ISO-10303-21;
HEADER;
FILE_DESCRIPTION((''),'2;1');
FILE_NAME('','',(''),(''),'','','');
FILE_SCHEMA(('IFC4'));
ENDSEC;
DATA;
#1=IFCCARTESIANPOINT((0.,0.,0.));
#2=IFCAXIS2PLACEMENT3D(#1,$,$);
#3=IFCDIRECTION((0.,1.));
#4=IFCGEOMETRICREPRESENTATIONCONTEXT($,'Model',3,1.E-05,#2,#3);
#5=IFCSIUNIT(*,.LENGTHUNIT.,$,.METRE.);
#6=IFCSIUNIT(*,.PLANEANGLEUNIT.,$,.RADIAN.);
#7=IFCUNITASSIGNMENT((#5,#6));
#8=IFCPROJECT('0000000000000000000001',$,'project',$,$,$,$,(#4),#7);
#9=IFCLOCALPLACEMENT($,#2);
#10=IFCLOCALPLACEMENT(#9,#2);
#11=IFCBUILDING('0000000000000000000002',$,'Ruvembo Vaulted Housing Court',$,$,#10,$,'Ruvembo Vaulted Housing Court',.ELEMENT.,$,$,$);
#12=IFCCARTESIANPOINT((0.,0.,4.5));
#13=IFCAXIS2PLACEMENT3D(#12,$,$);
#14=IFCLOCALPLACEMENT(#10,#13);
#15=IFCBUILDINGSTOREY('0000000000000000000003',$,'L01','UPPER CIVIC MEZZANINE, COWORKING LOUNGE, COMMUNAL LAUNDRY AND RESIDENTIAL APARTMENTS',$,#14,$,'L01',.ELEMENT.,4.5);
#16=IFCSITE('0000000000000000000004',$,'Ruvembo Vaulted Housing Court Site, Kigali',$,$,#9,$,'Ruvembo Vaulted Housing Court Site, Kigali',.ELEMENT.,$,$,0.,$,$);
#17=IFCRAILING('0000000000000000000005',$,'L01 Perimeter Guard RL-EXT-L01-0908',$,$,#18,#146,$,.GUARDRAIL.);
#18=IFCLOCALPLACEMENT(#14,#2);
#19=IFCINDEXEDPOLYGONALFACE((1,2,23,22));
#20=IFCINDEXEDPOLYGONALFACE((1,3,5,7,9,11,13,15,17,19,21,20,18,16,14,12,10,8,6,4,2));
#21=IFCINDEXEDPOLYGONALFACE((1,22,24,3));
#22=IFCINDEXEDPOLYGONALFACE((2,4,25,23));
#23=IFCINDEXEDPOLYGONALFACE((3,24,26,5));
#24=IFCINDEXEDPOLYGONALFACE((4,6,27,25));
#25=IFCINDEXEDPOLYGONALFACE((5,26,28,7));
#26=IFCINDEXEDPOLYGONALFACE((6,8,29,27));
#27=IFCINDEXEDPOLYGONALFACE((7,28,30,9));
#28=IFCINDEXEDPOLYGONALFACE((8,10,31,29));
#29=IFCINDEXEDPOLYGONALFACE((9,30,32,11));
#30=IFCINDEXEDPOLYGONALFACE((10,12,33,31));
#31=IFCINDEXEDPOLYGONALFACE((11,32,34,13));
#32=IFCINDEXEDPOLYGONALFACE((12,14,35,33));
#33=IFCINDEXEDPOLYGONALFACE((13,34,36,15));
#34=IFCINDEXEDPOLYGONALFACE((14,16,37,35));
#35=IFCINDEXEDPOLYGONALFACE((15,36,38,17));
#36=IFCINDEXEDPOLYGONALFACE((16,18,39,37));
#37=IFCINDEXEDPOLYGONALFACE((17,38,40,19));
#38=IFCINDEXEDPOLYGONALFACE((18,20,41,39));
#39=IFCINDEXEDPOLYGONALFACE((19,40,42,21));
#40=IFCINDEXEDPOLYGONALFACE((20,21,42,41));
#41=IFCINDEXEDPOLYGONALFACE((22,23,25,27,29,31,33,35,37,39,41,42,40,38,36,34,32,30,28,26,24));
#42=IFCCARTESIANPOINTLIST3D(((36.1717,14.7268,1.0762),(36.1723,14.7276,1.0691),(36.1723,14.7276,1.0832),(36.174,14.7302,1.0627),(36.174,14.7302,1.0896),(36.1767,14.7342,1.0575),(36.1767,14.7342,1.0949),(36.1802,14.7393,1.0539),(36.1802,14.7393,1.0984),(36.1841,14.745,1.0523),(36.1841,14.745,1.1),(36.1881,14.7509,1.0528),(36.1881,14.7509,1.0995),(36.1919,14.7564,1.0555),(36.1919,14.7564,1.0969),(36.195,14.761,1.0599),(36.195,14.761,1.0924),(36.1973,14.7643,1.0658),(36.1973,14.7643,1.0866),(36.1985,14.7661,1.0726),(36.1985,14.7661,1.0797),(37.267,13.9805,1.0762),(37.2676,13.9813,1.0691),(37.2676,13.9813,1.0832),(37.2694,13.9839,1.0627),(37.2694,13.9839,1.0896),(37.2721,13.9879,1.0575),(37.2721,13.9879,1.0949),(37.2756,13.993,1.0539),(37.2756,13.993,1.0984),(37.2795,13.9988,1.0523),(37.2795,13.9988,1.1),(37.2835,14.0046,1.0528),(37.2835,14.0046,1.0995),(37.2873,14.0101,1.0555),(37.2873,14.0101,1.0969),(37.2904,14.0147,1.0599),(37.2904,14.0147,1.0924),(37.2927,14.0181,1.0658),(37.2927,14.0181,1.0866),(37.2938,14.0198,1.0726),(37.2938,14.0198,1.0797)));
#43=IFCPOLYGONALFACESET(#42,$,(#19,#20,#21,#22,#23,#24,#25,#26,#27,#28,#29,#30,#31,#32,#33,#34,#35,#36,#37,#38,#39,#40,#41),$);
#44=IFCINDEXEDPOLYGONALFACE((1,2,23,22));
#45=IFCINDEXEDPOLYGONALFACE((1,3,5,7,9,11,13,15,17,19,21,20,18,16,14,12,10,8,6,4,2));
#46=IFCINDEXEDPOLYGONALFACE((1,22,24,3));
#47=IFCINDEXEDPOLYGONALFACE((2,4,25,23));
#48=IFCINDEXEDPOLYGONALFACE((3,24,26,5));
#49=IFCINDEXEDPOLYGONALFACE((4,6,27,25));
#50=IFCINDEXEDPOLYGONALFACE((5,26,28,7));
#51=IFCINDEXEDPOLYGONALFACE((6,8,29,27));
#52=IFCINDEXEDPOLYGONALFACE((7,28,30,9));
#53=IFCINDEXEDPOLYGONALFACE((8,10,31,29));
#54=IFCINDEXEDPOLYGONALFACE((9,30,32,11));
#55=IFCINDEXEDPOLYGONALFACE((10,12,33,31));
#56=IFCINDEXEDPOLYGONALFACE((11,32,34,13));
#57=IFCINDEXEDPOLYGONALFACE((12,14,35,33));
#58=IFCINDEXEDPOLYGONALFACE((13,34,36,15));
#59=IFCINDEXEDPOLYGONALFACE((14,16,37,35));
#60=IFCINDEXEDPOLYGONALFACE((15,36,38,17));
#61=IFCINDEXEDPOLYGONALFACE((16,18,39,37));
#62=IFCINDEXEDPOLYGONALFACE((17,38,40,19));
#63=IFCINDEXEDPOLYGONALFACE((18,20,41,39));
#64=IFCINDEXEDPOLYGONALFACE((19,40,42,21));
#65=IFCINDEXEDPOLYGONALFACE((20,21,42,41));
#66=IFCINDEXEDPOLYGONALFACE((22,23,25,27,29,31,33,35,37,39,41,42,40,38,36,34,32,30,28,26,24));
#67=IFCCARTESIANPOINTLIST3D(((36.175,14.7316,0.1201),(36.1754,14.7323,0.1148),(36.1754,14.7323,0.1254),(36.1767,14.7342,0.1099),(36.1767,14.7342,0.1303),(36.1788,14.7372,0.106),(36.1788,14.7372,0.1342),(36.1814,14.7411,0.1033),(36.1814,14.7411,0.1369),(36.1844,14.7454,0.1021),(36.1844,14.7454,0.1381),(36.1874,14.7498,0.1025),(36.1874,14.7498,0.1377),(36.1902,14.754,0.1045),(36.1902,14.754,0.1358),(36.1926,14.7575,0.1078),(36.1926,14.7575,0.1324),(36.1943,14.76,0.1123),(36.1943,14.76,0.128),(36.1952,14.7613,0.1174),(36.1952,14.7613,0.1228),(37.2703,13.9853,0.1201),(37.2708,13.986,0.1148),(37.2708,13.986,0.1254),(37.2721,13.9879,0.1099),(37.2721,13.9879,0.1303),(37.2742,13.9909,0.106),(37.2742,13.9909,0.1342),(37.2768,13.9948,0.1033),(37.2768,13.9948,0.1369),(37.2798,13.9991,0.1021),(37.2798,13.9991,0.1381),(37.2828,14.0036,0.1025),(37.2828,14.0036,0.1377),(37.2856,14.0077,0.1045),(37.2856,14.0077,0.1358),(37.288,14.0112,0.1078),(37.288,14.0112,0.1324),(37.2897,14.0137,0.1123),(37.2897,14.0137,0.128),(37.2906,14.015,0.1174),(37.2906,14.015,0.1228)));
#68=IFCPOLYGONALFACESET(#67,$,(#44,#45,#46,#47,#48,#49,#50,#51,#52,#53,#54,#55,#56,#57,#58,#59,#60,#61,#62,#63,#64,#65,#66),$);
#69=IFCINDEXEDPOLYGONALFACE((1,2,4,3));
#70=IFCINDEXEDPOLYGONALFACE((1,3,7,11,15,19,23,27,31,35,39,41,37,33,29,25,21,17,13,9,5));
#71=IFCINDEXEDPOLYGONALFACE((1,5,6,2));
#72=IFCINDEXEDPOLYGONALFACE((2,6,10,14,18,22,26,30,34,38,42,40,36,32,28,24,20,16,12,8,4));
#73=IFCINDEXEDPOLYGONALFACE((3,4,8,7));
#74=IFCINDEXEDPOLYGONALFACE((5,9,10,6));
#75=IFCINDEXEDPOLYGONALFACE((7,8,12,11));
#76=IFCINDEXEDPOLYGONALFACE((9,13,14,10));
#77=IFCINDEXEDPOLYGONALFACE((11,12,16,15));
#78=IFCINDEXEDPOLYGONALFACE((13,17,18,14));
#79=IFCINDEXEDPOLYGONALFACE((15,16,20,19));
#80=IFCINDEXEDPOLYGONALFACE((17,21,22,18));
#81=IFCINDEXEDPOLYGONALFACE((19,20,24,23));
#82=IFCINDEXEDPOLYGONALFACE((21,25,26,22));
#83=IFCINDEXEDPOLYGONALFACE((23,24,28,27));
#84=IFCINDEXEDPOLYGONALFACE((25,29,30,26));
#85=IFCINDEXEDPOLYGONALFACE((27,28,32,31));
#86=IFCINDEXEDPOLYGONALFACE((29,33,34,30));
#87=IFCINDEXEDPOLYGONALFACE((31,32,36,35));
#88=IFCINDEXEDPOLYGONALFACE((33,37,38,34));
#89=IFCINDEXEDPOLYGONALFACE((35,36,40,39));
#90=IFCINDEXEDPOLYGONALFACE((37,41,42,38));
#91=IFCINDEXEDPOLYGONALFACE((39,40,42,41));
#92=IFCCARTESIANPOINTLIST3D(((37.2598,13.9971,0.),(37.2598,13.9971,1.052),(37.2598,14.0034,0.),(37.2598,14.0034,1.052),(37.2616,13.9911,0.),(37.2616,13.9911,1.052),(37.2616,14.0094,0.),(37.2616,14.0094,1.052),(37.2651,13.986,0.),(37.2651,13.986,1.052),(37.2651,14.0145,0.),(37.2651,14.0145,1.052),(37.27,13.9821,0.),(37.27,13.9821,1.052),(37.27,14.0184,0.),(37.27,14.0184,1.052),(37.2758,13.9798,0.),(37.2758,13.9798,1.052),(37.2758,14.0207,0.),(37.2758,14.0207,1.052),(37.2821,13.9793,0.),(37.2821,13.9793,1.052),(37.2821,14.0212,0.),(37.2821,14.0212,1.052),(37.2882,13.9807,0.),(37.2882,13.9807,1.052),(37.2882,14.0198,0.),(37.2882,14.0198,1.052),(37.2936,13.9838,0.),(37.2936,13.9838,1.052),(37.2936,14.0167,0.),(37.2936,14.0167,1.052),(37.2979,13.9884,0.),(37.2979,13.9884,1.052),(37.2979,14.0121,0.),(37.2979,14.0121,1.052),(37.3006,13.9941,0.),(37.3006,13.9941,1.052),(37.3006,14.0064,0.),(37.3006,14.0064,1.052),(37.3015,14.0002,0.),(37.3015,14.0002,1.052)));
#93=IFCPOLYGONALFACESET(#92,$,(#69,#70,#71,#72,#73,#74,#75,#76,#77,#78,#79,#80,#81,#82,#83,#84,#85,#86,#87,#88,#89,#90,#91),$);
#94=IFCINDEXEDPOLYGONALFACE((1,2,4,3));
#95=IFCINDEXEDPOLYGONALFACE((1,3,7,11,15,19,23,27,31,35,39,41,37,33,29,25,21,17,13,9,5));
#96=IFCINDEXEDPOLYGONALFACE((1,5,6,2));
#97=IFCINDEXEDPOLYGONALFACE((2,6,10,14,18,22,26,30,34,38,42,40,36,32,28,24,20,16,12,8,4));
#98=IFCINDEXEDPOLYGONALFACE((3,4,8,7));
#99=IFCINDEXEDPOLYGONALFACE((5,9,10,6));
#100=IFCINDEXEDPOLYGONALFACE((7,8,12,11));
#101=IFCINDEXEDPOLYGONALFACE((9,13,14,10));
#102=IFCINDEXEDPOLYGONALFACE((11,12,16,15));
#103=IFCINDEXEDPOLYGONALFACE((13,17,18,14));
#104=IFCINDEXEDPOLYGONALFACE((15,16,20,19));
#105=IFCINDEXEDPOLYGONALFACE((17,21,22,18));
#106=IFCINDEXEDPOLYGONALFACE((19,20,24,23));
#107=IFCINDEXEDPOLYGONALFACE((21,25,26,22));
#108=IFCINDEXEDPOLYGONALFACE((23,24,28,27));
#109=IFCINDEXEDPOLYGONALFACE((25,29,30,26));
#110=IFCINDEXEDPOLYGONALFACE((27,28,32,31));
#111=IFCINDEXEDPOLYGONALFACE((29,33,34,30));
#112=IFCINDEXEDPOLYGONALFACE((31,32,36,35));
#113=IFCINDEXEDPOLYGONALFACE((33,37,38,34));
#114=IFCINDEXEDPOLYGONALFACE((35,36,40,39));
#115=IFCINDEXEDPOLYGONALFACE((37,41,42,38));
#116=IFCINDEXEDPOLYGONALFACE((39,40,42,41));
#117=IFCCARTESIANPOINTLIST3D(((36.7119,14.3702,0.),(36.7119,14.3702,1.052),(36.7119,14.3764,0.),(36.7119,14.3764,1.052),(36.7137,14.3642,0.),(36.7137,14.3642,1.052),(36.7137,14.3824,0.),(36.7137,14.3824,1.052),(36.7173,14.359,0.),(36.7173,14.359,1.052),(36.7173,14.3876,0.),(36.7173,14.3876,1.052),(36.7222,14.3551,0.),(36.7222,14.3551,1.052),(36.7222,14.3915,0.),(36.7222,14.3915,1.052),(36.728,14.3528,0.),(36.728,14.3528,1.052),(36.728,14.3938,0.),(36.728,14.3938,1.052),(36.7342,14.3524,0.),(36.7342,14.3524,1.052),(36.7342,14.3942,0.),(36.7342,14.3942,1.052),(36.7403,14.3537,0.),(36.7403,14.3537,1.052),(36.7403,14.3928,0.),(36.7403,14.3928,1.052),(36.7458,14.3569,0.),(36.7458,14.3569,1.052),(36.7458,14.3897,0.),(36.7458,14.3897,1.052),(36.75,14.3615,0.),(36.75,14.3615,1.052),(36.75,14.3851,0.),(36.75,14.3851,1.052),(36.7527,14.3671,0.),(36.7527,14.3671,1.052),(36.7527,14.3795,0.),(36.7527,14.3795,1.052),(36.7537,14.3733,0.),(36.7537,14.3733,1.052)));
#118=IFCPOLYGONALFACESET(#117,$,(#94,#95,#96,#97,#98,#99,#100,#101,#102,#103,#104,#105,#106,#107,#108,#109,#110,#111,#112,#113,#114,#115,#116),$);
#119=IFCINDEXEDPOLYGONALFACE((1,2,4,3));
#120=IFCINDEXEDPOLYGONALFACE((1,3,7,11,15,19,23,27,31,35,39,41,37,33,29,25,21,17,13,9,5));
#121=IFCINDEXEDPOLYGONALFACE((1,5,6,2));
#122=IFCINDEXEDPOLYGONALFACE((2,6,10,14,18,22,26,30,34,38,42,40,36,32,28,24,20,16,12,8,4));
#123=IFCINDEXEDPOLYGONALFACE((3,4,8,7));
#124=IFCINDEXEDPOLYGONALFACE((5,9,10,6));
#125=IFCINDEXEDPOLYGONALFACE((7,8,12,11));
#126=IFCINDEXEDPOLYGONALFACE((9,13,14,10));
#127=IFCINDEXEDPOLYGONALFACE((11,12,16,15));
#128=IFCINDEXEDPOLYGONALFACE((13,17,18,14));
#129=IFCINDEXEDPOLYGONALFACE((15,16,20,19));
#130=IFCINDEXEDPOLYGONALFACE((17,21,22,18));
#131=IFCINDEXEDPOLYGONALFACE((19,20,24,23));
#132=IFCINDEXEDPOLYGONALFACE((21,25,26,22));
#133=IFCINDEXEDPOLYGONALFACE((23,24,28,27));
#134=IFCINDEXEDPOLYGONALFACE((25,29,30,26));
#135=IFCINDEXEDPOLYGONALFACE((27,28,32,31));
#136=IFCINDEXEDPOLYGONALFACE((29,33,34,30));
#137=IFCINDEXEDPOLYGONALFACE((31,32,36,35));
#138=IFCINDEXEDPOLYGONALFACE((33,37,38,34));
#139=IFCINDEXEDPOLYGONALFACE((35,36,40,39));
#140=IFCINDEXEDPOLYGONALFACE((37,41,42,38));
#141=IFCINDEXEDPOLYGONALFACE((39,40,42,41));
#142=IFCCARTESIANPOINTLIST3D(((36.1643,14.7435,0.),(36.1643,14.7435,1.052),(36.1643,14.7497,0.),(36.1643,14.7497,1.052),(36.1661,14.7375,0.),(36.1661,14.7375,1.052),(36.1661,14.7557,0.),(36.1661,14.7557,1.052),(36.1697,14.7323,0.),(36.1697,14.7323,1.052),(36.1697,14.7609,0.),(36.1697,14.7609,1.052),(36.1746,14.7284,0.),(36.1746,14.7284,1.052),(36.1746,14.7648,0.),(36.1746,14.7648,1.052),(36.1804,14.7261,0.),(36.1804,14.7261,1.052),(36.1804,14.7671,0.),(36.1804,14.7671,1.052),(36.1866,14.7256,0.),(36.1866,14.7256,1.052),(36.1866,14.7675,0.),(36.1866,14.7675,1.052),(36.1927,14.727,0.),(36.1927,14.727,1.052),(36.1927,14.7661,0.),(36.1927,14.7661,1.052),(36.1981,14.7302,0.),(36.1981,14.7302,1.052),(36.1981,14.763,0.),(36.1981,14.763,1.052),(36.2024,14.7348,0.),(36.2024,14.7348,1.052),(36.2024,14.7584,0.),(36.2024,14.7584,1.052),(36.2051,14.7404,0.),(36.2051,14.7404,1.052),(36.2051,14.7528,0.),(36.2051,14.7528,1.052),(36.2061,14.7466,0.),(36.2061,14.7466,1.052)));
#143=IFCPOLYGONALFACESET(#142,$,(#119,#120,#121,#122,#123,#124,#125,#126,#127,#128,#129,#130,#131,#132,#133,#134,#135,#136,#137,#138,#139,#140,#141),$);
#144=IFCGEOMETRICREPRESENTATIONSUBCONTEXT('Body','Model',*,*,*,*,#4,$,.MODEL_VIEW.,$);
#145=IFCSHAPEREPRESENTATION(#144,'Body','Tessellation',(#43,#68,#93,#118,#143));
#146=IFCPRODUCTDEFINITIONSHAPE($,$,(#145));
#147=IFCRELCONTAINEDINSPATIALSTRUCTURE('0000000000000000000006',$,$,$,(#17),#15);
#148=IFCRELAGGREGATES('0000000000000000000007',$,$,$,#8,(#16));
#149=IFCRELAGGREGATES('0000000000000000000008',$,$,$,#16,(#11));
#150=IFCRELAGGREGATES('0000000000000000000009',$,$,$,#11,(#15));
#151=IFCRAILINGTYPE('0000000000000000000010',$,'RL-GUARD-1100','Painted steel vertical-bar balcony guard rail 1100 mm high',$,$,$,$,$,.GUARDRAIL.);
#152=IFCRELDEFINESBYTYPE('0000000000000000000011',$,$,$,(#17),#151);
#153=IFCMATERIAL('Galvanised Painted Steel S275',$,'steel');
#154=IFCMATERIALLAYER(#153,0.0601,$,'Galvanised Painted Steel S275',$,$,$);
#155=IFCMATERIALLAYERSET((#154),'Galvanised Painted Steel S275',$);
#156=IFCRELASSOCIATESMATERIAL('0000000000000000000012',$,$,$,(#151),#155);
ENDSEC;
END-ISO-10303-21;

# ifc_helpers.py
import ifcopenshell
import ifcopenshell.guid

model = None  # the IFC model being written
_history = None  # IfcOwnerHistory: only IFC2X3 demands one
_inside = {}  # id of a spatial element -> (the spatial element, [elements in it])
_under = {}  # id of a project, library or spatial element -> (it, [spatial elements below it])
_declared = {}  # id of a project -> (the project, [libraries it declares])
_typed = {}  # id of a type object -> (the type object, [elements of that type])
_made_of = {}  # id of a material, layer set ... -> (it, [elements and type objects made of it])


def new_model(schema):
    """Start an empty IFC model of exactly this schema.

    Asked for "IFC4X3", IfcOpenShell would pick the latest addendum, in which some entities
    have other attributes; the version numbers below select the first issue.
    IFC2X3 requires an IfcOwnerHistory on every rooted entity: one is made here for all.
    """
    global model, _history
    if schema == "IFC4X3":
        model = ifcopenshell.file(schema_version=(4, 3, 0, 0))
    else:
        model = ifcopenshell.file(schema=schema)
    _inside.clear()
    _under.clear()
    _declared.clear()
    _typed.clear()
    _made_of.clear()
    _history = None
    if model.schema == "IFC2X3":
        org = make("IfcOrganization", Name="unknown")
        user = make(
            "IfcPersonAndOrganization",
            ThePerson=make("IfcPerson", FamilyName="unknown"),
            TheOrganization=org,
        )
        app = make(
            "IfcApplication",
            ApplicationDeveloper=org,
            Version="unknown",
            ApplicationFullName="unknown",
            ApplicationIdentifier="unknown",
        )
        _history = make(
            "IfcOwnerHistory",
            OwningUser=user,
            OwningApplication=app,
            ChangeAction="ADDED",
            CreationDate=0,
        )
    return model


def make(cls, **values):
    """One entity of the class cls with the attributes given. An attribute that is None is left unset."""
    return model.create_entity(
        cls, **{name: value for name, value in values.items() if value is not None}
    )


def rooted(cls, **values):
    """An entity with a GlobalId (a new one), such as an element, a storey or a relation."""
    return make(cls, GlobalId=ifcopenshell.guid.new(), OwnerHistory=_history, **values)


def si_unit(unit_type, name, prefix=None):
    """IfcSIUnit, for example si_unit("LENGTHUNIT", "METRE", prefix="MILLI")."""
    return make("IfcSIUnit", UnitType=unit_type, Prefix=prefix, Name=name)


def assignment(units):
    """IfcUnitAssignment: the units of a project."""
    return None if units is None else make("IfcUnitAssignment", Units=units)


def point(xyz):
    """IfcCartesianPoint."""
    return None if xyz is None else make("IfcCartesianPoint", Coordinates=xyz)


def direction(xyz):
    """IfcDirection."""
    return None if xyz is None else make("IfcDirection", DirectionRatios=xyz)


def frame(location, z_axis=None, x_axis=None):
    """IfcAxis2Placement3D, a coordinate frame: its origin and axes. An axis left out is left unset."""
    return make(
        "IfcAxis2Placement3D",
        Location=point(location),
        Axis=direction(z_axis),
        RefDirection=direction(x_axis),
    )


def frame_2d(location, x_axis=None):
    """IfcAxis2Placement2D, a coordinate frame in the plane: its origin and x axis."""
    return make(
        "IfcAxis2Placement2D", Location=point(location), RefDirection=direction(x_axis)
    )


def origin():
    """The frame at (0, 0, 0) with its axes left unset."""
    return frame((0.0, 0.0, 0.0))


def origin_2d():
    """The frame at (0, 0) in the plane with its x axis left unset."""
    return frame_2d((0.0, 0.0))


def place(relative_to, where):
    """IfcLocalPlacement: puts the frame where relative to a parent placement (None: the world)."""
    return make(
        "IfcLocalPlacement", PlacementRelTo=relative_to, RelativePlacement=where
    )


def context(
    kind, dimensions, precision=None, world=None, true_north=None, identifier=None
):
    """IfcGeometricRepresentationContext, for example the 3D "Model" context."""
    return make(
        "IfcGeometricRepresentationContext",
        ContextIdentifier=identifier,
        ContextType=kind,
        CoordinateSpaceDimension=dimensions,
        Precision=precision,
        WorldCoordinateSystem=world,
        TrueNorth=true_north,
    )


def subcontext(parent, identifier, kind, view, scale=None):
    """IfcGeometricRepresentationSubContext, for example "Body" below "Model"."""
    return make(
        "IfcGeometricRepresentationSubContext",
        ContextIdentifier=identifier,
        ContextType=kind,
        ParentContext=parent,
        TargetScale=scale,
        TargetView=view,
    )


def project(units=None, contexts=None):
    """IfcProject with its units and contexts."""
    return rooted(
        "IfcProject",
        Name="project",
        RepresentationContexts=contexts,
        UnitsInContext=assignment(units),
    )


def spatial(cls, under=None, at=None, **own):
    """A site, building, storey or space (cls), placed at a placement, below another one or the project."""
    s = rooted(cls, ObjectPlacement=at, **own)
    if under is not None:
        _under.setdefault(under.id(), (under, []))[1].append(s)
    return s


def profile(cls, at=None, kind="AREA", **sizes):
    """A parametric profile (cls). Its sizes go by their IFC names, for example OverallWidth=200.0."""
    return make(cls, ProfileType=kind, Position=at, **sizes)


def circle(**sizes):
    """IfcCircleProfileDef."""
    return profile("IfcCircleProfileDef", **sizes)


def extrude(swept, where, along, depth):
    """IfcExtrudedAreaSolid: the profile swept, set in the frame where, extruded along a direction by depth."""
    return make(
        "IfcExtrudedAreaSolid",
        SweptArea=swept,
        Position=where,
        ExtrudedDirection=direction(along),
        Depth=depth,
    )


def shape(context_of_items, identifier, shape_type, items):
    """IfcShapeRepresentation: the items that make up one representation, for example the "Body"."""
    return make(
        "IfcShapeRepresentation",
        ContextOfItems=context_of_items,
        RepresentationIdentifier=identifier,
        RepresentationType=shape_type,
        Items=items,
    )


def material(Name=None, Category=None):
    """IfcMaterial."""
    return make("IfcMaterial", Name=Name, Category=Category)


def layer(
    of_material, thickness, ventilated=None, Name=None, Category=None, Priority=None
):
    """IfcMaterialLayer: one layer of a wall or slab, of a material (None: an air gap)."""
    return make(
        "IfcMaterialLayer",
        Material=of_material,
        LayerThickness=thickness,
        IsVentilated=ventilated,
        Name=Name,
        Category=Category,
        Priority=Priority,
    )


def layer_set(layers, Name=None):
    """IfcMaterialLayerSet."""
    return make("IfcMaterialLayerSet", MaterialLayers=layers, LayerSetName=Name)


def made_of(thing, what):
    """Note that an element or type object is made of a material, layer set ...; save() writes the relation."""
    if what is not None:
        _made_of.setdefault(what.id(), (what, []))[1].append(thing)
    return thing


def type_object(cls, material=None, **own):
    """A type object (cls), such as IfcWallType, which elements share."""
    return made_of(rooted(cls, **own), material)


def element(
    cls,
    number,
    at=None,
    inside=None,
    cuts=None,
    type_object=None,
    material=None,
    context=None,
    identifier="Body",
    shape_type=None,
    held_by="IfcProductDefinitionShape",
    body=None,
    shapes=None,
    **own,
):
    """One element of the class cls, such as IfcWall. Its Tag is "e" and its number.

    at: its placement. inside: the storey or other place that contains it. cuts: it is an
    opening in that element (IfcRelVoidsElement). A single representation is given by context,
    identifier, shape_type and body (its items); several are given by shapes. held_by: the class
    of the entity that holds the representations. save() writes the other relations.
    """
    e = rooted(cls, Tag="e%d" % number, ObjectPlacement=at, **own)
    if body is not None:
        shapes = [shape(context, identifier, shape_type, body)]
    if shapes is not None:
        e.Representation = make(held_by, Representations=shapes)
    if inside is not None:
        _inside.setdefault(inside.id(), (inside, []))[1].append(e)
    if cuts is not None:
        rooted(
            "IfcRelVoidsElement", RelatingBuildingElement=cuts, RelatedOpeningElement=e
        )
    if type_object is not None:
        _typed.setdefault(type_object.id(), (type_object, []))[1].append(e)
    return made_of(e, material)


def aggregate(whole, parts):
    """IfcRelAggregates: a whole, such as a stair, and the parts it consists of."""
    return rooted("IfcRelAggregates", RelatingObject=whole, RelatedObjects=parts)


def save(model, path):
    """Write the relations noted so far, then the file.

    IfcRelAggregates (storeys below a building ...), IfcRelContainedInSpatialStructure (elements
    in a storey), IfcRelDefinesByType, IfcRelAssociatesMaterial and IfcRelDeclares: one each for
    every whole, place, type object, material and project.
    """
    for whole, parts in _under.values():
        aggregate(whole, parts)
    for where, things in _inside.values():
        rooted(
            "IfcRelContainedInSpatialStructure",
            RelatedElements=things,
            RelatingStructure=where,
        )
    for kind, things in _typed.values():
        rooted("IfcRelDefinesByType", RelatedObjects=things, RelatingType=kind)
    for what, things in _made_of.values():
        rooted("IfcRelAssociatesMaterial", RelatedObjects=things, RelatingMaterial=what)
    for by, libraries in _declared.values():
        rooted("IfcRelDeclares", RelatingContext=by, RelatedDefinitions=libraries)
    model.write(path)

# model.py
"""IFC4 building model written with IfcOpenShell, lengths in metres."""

from ifc_helpers import new_model, si_unit, direction, frame, origin, origin_2d, place, context, subcontext, project, spatial, circle, extrude, material, layer, layer_set, type_object, element, save


model = new_model("IFC4")

# Units and contexts
model_context = context("Model", 3, precision=1e-05, world=origin(), true_north=direction((0.0, 1.0)))
body_context = subcontext(model_context, "Body", "Model", "MODEL_VIEW")
ifc_project = project(units=[si_unit("LENGTHUNIT", "METRE"), si_unit("PLANEANGLEUNIT", "RADIAN")], contexts=[model_context])

# Site, building, storey
site_placement = place(None, origin())
site = spatial("IfcSite", under=ifc_project, at=site_placement, Name="Ruvembo Vaulted Housing Court Site, Kigali", LongName="Ruvembo Vaulted Housing Court Site, Kigali", CompositionType="ELEMENT", RefElevation=0.0)
building_placement = place(site_placement, origin())
building = spatial("IfcBuilding", under=site, at=building_placement, Name="Ruvembo Vaulted Housing Court", LongName="Ruvembo Vaulted Housing Court", CompositionType="ELEMENT")
storey_placement = place(building_placement, frame((0.0, 0.0, 4.5)))
storey = spatial("IfcBuildingStorey", under=building, at=storey_placement, Name="L01", Description="UPPER CIVIC MEZZANINE, COWORKING LOUNGE, COMMUNAL LAUNDRY AND RESIDENTIAL APARTMENTS", LongName="L01", CompositionType="ELEMENT", Elevation=4.5)

# Railing
ifc_material_1 = material(Name="Galvanised Painted Steel S275", Category="steel")
ifc_layer_1 = layer(ifc_material_1, 0.0601, Name="Galvanised Painted Steel S275")
ifc_layer_set_1 = layer_set([ifc_layer_1], Name="Galvanised Painted Steel S275")
railing_type_1 = type_object("IfcRailingType", Name="RL-GUARD-1100", Description="Painted steel vertical-bar balcony guard rail 1100 mm high", PredefinedType="GUARDRAIL", material=ifc_layer_set_1)
railing_1_placement = place(storey_placement, frame((37.2805, 14.0002, 0.0)))
element("IfcRailing", 1, at=railing_1_placement, inside=storey, type_object=railing_type_1, Name="L01 Perimeter Guard RL-EXT-L01-0908", PredefinedType="GUARDRAIL", context=body_context, shape_type="SweptSolid", body=[
    extrude(circle(Radius=0.0239, at=origin_2d()), frame((0.0, 0.0, 1.0762), z_axis=(-0.826426, 0.563045, 0.0), x_axis=(-0.563045, -0.826426, 0.0)), (0.0, 0.0, 1.0), 1.3254),
    extrude(circle(Radius=0.0181, at=origin_2d()), frame((0.0, 0.0, 0.1201), z_axis=(-0.826426, 0.563045, 0.0), x_axis=(-0.563045, -0.826426, 0.0)), (0.0, 0.0, 1.0), 1.3254),
    extrude(circle(Radius=0.021, at=origin_2d()), origin(), (0.0, 0.0, 1.0), 1.052),
    extrude(circle(Radius=0.021, at=origin_2d()), frame((-0.5479, 0.373, 0.0)), (0.0, 0.0, 1.0), 1.052),
    extrude(circle(Radius=0.021, at=origin_2d()), frame((-1.0955, 0.7463, 0.0)), (0.0, 0.0, 1.0), 1.052),
])

save(model, "model.ifc")
